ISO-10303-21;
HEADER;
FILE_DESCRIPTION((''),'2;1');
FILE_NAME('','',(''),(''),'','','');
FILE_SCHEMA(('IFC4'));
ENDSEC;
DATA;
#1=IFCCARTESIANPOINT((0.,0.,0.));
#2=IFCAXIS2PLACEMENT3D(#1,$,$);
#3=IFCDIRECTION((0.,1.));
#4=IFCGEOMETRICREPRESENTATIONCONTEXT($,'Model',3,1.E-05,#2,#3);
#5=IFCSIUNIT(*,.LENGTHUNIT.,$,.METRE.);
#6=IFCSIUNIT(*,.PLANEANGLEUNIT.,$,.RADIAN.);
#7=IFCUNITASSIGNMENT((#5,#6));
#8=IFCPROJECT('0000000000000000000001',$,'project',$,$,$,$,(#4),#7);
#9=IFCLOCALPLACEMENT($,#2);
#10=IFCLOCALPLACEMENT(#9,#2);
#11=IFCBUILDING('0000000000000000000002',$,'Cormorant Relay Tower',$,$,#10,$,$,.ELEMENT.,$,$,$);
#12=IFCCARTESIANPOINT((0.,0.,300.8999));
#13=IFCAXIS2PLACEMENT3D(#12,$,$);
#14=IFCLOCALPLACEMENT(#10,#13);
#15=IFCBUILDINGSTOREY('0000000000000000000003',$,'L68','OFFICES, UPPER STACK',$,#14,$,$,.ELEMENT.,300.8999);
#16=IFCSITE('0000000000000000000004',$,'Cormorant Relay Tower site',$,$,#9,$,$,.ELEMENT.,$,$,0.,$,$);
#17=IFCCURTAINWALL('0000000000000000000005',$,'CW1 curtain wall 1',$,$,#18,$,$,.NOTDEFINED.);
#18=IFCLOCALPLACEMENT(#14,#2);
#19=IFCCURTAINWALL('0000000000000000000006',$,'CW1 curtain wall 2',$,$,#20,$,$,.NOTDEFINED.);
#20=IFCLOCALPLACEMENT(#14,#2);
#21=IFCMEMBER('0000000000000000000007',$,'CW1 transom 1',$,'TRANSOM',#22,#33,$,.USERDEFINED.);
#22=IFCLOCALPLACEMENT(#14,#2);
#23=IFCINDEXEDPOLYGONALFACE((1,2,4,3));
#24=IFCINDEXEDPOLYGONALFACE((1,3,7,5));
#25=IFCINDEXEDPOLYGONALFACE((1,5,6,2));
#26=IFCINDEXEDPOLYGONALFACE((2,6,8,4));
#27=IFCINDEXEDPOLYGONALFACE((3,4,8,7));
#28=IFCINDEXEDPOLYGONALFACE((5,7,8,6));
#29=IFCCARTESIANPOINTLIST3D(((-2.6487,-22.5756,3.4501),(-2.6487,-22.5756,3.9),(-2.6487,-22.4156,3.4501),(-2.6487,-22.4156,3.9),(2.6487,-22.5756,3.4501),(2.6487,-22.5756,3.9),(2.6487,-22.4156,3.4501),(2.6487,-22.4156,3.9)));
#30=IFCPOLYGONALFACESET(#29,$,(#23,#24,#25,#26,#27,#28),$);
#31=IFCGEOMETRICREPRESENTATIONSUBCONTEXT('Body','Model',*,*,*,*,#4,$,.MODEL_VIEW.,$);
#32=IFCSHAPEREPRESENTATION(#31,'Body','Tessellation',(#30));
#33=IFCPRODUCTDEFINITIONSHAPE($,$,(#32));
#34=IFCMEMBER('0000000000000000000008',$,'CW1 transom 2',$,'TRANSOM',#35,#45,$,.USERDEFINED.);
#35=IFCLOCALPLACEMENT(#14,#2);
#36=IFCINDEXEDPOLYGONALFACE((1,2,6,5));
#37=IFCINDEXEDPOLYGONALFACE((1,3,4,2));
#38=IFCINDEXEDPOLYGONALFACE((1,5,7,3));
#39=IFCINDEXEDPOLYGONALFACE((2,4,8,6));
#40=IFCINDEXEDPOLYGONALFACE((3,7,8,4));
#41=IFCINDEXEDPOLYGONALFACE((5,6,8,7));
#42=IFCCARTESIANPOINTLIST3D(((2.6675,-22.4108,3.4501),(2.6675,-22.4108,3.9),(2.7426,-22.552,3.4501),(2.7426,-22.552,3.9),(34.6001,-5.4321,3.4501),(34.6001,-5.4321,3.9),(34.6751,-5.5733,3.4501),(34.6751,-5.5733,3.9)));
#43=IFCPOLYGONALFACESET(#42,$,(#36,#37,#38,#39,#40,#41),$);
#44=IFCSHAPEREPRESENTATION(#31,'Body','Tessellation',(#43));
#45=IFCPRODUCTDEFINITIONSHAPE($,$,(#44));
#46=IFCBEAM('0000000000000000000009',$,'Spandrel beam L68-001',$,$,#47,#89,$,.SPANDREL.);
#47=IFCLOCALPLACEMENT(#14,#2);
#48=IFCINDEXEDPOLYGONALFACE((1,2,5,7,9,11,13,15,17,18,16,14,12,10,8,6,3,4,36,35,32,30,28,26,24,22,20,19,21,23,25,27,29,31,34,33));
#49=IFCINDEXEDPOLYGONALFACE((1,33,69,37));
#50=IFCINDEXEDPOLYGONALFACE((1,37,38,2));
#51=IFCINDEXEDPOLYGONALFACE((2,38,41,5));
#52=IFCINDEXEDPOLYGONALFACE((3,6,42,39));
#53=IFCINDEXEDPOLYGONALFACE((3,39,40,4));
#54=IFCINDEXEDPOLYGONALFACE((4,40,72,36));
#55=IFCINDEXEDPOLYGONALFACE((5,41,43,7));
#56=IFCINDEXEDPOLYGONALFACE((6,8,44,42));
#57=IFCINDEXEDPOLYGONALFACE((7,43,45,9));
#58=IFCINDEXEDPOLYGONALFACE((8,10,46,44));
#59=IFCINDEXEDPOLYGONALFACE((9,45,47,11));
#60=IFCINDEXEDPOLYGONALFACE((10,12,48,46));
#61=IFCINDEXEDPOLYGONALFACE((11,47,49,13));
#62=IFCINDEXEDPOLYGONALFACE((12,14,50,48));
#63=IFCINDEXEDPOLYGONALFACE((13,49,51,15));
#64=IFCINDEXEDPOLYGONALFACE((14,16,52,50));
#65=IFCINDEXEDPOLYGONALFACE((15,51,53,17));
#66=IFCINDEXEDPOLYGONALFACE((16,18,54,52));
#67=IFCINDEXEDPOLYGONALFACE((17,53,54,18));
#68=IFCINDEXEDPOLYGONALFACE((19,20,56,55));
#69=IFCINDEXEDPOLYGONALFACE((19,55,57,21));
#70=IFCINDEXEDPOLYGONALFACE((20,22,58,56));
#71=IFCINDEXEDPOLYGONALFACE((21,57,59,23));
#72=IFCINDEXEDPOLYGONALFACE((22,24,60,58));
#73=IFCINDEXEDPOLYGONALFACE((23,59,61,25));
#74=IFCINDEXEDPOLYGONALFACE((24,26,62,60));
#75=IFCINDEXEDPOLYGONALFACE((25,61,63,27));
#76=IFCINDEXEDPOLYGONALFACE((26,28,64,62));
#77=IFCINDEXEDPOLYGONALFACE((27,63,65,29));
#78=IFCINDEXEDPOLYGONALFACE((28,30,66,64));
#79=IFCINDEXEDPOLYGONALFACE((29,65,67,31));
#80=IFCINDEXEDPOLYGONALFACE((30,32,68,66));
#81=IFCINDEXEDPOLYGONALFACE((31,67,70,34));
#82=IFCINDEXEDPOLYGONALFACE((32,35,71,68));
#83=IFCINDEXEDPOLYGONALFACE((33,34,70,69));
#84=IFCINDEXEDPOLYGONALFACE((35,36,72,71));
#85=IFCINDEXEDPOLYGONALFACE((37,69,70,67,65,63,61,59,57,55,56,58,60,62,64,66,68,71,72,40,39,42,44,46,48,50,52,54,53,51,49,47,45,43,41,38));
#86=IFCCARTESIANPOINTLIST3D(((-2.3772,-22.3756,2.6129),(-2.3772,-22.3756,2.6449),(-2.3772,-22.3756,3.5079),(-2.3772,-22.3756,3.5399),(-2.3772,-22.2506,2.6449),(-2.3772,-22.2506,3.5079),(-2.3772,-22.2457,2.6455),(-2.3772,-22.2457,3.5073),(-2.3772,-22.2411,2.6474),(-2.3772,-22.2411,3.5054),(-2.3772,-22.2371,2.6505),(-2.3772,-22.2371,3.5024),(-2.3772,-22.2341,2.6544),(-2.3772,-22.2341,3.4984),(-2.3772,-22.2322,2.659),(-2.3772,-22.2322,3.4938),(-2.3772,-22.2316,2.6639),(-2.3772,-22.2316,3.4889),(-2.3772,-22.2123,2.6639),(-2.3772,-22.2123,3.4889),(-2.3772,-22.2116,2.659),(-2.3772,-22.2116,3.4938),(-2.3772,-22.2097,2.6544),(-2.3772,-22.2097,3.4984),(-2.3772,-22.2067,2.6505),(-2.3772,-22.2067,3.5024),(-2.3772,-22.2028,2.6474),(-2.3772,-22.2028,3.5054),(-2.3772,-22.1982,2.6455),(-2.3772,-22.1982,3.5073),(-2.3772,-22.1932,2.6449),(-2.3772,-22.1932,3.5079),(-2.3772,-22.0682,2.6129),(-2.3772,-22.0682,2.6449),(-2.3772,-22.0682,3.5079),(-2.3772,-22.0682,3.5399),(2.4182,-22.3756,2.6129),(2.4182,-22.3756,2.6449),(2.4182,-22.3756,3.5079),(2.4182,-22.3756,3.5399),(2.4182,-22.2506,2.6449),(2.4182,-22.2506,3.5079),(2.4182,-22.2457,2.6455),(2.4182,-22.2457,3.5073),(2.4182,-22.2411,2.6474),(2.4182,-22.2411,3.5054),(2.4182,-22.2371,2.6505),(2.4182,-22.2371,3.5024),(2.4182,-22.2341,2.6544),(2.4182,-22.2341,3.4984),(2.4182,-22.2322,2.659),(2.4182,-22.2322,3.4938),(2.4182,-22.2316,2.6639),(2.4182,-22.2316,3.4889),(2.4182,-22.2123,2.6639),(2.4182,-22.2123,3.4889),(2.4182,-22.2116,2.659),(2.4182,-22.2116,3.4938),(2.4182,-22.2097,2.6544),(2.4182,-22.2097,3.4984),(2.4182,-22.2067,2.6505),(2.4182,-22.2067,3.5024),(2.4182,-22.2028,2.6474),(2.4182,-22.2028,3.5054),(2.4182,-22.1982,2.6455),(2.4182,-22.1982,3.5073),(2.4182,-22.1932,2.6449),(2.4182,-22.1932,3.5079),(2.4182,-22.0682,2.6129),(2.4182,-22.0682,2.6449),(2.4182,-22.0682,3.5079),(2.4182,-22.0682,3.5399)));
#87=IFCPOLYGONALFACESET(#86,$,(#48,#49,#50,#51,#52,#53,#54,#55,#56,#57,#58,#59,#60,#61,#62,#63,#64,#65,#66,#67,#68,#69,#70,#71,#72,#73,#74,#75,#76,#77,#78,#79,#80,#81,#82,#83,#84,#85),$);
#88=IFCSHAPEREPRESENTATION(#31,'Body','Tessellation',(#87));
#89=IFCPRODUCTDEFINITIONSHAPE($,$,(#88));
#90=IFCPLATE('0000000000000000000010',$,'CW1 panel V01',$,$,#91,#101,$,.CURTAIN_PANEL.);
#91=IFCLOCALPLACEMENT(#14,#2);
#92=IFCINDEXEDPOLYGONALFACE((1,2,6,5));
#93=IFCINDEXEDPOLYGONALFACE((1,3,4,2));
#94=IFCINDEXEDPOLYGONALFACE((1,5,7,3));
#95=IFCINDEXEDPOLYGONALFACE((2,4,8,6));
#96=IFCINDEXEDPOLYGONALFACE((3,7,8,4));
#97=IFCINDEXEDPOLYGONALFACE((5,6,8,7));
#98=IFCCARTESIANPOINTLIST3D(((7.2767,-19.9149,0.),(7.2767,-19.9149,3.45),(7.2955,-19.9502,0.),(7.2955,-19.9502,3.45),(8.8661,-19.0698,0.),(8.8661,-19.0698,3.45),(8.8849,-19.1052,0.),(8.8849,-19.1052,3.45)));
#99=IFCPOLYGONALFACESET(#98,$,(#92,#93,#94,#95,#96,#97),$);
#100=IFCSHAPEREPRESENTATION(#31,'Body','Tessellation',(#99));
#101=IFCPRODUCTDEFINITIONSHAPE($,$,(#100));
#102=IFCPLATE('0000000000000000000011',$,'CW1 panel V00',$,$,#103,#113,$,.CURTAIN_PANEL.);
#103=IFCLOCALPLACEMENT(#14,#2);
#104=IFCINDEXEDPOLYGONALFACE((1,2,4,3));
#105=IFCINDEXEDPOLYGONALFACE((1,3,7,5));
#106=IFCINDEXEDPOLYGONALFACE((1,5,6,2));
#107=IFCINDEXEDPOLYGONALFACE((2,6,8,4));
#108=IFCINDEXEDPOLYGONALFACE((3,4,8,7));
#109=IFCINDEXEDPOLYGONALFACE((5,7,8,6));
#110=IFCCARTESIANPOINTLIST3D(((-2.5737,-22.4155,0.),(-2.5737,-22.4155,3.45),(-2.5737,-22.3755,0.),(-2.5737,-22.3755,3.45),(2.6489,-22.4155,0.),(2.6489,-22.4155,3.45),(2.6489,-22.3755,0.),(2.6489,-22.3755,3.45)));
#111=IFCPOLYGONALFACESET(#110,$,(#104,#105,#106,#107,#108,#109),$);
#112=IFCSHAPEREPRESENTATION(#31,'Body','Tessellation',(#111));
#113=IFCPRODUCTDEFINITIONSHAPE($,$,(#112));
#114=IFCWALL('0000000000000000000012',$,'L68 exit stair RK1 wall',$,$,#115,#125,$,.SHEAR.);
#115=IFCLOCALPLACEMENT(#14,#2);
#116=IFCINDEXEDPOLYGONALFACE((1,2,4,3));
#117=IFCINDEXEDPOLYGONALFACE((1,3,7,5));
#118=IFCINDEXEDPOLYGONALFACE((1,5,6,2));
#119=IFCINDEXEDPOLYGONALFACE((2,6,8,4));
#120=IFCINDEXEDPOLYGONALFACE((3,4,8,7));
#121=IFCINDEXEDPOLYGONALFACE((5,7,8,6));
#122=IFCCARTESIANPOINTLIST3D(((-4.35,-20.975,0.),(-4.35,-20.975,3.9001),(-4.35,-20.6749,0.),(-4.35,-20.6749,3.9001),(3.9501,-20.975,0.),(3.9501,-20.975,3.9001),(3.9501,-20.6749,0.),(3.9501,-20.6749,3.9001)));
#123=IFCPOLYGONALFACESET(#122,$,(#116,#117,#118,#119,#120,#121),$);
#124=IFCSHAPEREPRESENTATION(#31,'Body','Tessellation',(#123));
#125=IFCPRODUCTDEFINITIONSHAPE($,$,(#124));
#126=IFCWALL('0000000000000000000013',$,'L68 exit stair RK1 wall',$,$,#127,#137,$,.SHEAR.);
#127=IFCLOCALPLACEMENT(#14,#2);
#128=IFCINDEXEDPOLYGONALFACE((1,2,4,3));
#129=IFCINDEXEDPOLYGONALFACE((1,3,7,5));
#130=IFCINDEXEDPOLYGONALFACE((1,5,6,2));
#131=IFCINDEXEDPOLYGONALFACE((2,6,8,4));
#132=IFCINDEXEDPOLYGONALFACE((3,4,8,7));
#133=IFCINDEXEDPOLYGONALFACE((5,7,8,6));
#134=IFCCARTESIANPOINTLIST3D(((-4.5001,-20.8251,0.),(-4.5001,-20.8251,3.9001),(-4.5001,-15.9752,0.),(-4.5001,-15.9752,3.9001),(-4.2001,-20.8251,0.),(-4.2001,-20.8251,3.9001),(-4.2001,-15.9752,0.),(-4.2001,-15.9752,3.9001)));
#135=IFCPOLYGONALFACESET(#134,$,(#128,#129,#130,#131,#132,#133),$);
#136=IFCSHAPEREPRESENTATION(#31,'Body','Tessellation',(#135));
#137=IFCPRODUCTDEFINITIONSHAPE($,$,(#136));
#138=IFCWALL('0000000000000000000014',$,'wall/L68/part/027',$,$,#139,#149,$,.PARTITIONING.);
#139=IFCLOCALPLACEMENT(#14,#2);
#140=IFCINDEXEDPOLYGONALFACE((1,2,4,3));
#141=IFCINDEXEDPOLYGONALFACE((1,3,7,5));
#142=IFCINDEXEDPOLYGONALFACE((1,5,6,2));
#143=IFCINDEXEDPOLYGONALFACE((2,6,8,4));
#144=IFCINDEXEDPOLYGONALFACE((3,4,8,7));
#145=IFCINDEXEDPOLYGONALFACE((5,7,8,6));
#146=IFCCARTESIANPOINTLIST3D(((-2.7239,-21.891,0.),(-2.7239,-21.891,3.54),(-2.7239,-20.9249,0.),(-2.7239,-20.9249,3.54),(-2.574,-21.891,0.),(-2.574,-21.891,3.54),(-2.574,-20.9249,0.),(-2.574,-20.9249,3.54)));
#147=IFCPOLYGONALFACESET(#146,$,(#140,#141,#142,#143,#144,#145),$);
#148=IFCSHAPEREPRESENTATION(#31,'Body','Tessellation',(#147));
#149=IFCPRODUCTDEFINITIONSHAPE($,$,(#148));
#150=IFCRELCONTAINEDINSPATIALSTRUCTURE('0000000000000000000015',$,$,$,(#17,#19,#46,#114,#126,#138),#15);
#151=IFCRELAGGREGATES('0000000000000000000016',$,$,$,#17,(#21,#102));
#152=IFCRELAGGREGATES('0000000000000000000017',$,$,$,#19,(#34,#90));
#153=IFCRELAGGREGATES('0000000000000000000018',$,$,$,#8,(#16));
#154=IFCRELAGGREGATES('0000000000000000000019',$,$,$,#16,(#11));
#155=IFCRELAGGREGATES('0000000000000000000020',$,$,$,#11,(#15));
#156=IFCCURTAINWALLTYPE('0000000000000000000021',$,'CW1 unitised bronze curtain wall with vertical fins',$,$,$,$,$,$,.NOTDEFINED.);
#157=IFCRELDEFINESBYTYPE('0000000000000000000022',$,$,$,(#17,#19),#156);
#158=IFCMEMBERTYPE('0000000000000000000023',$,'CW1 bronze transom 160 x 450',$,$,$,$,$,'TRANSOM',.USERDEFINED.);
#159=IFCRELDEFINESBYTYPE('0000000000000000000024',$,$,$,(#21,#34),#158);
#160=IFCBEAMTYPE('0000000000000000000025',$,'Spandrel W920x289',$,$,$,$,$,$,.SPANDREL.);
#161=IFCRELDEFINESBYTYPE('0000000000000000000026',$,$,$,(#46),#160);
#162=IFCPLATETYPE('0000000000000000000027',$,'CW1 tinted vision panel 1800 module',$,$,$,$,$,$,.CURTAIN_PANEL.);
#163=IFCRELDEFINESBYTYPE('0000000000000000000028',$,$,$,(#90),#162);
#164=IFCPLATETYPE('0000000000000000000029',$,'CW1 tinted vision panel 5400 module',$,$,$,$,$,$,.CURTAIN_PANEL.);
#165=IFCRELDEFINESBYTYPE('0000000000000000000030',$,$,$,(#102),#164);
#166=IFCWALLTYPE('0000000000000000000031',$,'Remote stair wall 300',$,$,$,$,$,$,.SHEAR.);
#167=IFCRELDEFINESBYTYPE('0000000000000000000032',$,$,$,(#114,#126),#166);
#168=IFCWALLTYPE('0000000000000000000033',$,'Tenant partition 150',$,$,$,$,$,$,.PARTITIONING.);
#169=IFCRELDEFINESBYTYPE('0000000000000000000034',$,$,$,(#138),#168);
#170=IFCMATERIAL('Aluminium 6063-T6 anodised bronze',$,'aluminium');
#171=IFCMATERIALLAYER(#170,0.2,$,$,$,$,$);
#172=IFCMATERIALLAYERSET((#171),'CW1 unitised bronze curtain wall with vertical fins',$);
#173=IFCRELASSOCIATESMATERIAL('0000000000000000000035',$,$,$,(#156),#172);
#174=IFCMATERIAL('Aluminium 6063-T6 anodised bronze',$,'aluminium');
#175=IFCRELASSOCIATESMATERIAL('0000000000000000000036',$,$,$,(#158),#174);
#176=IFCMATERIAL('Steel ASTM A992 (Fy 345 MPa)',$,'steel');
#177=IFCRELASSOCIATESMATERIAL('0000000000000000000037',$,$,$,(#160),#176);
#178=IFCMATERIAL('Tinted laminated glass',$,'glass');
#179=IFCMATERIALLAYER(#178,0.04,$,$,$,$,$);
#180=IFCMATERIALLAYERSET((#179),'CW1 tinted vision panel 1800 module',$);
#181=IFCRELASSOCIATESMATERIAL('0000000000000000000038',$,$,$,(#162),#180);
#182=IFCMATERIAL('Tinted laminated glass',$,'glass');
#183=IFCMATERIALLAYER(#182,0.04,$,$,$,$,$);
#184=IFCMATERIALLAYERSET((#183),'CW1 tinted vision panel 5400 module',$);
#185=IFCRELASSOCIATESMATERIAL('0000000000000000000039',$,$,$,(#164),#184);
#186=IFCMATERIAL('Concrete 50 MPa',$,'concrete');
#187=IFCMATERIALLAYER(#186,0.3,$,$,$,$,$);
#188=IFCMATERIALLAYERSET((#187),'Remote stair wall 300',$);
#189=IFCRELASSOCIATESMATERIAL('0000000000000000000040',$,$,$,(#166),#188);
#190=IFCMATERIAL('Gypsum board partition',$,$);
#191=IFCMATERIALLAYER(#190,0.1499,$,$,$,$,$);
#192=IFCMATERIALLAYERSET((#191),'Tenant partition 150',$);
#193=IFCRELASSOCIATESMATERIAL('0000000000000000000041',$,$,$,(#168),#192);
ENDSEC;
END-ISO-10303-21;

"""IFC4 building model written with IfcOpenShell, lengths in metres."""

from ifc_helpers import new_model, si_unit, direction, frame, frame_2d, origin, origin_2d, place, context, subcontext, project, spatial, rectangle, i_section, extrude, material, layer, layer_set, material_profile, profile_set, type_object, element, aggregate, save


model = new_model("IFC4")

# Units and contexts
model_context = context("Model", 3, precision=1e-05, world=origin(), true_north=direction((0.0, 1.0)))
body_context = subcontext(model_context, "Body", "Model", "MODEL_VIEW")
ifc_project = project(units=[si_unit("LENGTHUNIT", "METRE"), si_unit("PLANEANGLEUNIT", "RADIAN")], contexts=[model_context])

# Site, building, storey
site_placement = place(None, origin())
site = spatial("IfcSite", under=ifc_project, at=site_placement, Name="Cormorant Relay Tower site", CompositionType="ELEMENT", RefElevation=0.0)
building_placement = place(site_placement, origin())
building = spatial("IfcBuilding", under=site, at=building_placement, Name="Cormorant Relay Tower", CompositionType="ELEMENT")
storey_placement = place(building_placement, frame((0.0, 0.0, 300.8999)))
storey = spatial("IfcBuildingStorey", under=building, at=storey_placement, Name="L68", Description="OFFICES, UPPER STACK", CompositionType="ELEMENT", Elevation=300.8999)

# Curtain wall
ifc_material_1 = material(Name="Aluminium 6063-T6 anodised bronze", Category="aluminium")
ifc_layer_1 = layer(ifc_material_1, 0.2)
ifc_layer_set_1 = layer_set([ifc_layer_1], Name="CW1 unitised bronze curtain wall with vertical fins")
curtain_wall_type = type_object("IfcCurtainWallType", Name="CW1 unitised bronze curtain wall with vertical fins", PredefinedType="NOTDEFINED", material=ifc_layer_set_1)
curtain_wall_1_placement = place(storey_placement, origin())
curtain_wall_1 = element("IfcCurtainWall", 1, at=curtain_wall_1_placement, inside=storey, type_object=curtain_wall_type, Name="CW1 curtain wall 1", PredefinedType="NOTDEFINED")

# Curtain wall
curtain_wall_2_placement = place(storey_placement, origin())
curtain_wall_2 = element("IfcCurtainWall", 2, at=curtain_wall_2_placement, inside=storey, type_object=curtain_wall_type, Name="CW1 curtain wall 2", PredefinedType="NOTDEFINED")

# Members
ifc_material_2 = material(Name="Aluminium 6063-T6 anodised bronze", Category="aluminium")
ifc_material_profile_1 = material_profile(ifc_material_2, rectangle(XDim=0.1599, YDim=0.45, at=origin_2d()), Name="AL 160x450")
ifc_profile_set_1 = profile_set([ifc_material_profile_1], Name="Aluminium 6063-T6 anodised bronze")
member_type_1 = type_object("IfcMemberType", Name="CW1 bronze transom 160 x 450", ElementType="TRANSOM", PredefinedType="USERDEFINED", material=ifc_profile_set_1)
member_1_placement = place(storey_placement, frame((-2.6487, -22.4956, 3.675), z_axis=(1.0, 0.0, 0.0), x_axis=(0.0, 1.0, 0.0)))
member_1 = element("IfcMember", 3, at=member_1_placement, type_object=member_type_1, Name="CW1 transom 1", ObjectType="TRANSOM", PredefinedType="USERDEFINED", context=body_context, shape_type="SweptSolid", body=[
    extrude(rectangle(XDim=0.1599, YDim=0.45, at=origin_2d()), origin(), (0.0, 0.0, 1.0), 5.2974),
])
member_2_placement = place(storey_placement, frame((2.7051, -22.4814, 3.675), z_axis=(0.882949, 0.469469, 0.0), x_axis=(-0.469469, 0.882949, 0.0)))
member_2 = element("IfcMember", 4, at=member_2_placement, type_object=member_type_1, Name="CW1 transom 2", ObjectType="TRANSOM", PredefinedType="USERDEFINED", context=body_context, shape_type="SweptSolid", body=[
    extrude(rectangle(XDim=0.1599, YDim=0.45, at=origin_2d()), origin(), (0.0, 0.0, 1.0), 36.1658),
])

# Beam
ifc_material_3 = material(Name="Steel ASTM A992 (Fy 345 MPa)", Category="steel")
ifc_material_profile_2 = material_profile(ifc_material_3, i_section(OverallWidth=0.3074, OverallDepth=0.927, WebThickness=0.0193, FlangeThickness=0.032, FilletRadius=0.019, at=origin_2d()), Name="W920x289")
ifc_profile_set_2 = profile_set([ifc_material_profile_2], Name="Steel ASTM A992 (Fy 345 MPa)")
beam_type = type_object("IfcBeamType", Name="Spandrel W920x289", PredefinedType="SPANDREL", material=ifc_profile_set_2)
beam_placement = place(storey_placement, frame((-2.3772, -22.2219, 3.0764), z_axis=(1.0, 0.0, 0.0), x_axis=(0.0, 1.0, 0.0)))
element("IfcBeam", 5, at=beam_placement, inside=storey, type_object=beam_type, Name="Spandrel beam L68-001", PredefinedType="SPANDREL", context=body_context, shape_type="SweptSolid", body=[
    extrude(i_section(OverallWidth=0.3074, OverallDepth=0.927, WebThickness=0.0193, FlangeThickness=0.032, FilletRadius=0.019, at=origin_2d()), origin(), (0.0, 0.0, 1.0), 4.7954),
])

# Plates
ifc_material_4 = material(Name="Tinted laminated glass", Category="glass")
ifc_layer_2 = layer(ifc_material_4, 0.04)
ifc_layer_set_2 = layer_set([ifc_layer_2], Name="CW1 tinted vision panel 1800 module")
plate_type_1 = type_object("IfcPlateType", Name="CW1 tinted vision panel 1800 module", PredefinedType="CURTAIN_PANEL", material=ifc_layer_set_2)
plate_1_placement = place(storey_placement, frame((8.0808, -19.51, 0.0), z_axis=(0.0, 0.0, 1.0), x_axis=(0.882948, 0.469472, 0.0)))
plate_1 = element("IfcPlate", 6, at=plate_1_placement, type_object=plate_type_1, Name="CW1 panel V01", PredefinedType="CURTAIN_PANEL", context=body_context, shape_type="SweptSolid", body=[
    extrude(rectangle(XDim=1.8, YDim=0.04, at=origin_2d()), origin(), (0.0, 0.0, 1.0), 3.45),
])
ifc_material_5 = material(Name="Tinted laminated glass", Category="glass")
ifc_layer_3 = layer(ifc_material_5, 0.04)
ifc_layer_set_3 = layer_set([ifc_layer_3], Name="CW1 tinted vision panel 5400 module")
plate_type_2 = type_object("IfcPlateType", Name="CW1 tinted vision panel 5400 module", PredefinedType="CURTAIN_PANEL", material=ifc_layer_set_3)
plate_2_placement = place(storey_placement, frame((0.0376, -22.3955, 0.0), z_axis=(0.0, 0.0, 1.0), x_axis=(1.0, 0.0, 0.0)))
plate_2 = element("IfcPlate", 7, at=plate_2_placement, type_object=plate_type_2, Name="CW1 panel V00", PredefinedType="CURTAIN_PANEL", context=body_context, shape_type="SweptSolid", body=[
    extrude(rectangle(XDim=5.2227, YDim=0.04, at=origin_2d()), origin(), (0.0, 0.0, 1.0), 3.45),
])
aggregate(curtain_wall_1, [member_1, plate_2])

# Walls
ifc_material_6 = material(Name="Concrete 50 MPa", Category="concrete")
ifc_layer_4 = layer(ifc_material_6, 0.3)
ifc_layer_set_4 = layer_set([ifc_layer_4], Name="Remote stair wall 300")
wall_type_1 = type_object("IfcWallType", Name="Remote stair wall 300", PredefinedType="SHEAR", material=ifc_layer_set_4)
wall_1_placement = place(storey_placement, frame((3.95, -20.825, 0.0), z_axis=(0.0, 0.0, 1.0), x_axis=(-1.0, 0.0, 0.0)))
element("IfcWall", 8, at=wall_1_placement, inside=storey, type_object=wall_type_1, Name="L68 exit stair RK1 wall", PredefinedType="SHEAR", context=body_context, shape_type="SweptSolid", body=[
    extrude(rectangle(XDim=8.3, YDim=0.3, at=frame_2d((4.1499, 0.0))), origin(), (0.0, 0.0, 1.0), 3.9001),
])
wall_2_placement = place(storey_placement, frame((-4.3501, -20.825, 0.0), z_axis=(0.0, 0.0, 1.0), x_axis=(0.0, 1.0, 0.0)))
element("IfcWall", 9, at=wall_2_placement, inside=storey, type_object=wall_type_1, Name="L68 exit stair RK1 wall", PredefinedType="SHEAR", context=body_context, shape_type="SweptSolid", body=[
    extrude(rectangle(XDim=4.8499, YDim=0.3, at=frame_2d((2.4248, 0.0))), origin(), (0.0, 0.0, 1.0), 3.9001),
])
ifc_material_7 = material(Name="Gypsum board partition")
ifc_layer_5 = layer(ifc_material_7, 0.1499)
ifc_layer_set_5 = layer_set([ifc_layer_5], Name="Tenant partition 150")
wall_type_2 = type_object("IfcWallType", Name="Tenant partition 150", PredefinedType="PARTITIONING", material=ifc_layer_set_5)
wall_3_placement = place(storey_placement, frame((-2.6489, -20.925, 0.0), z_axis=(0.0, 0.0, 1.0), x_axis=(0.0, -1.0, 0.0)))
element("IfcWall", 10, at=wall_3_placement, inside=storey, type_object=wall_type_2, Name="wall/L68/part/027", PredefinedType="PARTITIONING", context=body_context, shape_type="SweptSolid", body=[
    extrude(rectangle(XDim=0.9661, YDim=0.1499, at=frame_2d((0.4829, 0.0))), origin(), (0.0, 0.0, 1.0), 3.54),
])

aggregate(curtain_wall_2, [member_2, plate_1])

save(model, "model.ifc")
